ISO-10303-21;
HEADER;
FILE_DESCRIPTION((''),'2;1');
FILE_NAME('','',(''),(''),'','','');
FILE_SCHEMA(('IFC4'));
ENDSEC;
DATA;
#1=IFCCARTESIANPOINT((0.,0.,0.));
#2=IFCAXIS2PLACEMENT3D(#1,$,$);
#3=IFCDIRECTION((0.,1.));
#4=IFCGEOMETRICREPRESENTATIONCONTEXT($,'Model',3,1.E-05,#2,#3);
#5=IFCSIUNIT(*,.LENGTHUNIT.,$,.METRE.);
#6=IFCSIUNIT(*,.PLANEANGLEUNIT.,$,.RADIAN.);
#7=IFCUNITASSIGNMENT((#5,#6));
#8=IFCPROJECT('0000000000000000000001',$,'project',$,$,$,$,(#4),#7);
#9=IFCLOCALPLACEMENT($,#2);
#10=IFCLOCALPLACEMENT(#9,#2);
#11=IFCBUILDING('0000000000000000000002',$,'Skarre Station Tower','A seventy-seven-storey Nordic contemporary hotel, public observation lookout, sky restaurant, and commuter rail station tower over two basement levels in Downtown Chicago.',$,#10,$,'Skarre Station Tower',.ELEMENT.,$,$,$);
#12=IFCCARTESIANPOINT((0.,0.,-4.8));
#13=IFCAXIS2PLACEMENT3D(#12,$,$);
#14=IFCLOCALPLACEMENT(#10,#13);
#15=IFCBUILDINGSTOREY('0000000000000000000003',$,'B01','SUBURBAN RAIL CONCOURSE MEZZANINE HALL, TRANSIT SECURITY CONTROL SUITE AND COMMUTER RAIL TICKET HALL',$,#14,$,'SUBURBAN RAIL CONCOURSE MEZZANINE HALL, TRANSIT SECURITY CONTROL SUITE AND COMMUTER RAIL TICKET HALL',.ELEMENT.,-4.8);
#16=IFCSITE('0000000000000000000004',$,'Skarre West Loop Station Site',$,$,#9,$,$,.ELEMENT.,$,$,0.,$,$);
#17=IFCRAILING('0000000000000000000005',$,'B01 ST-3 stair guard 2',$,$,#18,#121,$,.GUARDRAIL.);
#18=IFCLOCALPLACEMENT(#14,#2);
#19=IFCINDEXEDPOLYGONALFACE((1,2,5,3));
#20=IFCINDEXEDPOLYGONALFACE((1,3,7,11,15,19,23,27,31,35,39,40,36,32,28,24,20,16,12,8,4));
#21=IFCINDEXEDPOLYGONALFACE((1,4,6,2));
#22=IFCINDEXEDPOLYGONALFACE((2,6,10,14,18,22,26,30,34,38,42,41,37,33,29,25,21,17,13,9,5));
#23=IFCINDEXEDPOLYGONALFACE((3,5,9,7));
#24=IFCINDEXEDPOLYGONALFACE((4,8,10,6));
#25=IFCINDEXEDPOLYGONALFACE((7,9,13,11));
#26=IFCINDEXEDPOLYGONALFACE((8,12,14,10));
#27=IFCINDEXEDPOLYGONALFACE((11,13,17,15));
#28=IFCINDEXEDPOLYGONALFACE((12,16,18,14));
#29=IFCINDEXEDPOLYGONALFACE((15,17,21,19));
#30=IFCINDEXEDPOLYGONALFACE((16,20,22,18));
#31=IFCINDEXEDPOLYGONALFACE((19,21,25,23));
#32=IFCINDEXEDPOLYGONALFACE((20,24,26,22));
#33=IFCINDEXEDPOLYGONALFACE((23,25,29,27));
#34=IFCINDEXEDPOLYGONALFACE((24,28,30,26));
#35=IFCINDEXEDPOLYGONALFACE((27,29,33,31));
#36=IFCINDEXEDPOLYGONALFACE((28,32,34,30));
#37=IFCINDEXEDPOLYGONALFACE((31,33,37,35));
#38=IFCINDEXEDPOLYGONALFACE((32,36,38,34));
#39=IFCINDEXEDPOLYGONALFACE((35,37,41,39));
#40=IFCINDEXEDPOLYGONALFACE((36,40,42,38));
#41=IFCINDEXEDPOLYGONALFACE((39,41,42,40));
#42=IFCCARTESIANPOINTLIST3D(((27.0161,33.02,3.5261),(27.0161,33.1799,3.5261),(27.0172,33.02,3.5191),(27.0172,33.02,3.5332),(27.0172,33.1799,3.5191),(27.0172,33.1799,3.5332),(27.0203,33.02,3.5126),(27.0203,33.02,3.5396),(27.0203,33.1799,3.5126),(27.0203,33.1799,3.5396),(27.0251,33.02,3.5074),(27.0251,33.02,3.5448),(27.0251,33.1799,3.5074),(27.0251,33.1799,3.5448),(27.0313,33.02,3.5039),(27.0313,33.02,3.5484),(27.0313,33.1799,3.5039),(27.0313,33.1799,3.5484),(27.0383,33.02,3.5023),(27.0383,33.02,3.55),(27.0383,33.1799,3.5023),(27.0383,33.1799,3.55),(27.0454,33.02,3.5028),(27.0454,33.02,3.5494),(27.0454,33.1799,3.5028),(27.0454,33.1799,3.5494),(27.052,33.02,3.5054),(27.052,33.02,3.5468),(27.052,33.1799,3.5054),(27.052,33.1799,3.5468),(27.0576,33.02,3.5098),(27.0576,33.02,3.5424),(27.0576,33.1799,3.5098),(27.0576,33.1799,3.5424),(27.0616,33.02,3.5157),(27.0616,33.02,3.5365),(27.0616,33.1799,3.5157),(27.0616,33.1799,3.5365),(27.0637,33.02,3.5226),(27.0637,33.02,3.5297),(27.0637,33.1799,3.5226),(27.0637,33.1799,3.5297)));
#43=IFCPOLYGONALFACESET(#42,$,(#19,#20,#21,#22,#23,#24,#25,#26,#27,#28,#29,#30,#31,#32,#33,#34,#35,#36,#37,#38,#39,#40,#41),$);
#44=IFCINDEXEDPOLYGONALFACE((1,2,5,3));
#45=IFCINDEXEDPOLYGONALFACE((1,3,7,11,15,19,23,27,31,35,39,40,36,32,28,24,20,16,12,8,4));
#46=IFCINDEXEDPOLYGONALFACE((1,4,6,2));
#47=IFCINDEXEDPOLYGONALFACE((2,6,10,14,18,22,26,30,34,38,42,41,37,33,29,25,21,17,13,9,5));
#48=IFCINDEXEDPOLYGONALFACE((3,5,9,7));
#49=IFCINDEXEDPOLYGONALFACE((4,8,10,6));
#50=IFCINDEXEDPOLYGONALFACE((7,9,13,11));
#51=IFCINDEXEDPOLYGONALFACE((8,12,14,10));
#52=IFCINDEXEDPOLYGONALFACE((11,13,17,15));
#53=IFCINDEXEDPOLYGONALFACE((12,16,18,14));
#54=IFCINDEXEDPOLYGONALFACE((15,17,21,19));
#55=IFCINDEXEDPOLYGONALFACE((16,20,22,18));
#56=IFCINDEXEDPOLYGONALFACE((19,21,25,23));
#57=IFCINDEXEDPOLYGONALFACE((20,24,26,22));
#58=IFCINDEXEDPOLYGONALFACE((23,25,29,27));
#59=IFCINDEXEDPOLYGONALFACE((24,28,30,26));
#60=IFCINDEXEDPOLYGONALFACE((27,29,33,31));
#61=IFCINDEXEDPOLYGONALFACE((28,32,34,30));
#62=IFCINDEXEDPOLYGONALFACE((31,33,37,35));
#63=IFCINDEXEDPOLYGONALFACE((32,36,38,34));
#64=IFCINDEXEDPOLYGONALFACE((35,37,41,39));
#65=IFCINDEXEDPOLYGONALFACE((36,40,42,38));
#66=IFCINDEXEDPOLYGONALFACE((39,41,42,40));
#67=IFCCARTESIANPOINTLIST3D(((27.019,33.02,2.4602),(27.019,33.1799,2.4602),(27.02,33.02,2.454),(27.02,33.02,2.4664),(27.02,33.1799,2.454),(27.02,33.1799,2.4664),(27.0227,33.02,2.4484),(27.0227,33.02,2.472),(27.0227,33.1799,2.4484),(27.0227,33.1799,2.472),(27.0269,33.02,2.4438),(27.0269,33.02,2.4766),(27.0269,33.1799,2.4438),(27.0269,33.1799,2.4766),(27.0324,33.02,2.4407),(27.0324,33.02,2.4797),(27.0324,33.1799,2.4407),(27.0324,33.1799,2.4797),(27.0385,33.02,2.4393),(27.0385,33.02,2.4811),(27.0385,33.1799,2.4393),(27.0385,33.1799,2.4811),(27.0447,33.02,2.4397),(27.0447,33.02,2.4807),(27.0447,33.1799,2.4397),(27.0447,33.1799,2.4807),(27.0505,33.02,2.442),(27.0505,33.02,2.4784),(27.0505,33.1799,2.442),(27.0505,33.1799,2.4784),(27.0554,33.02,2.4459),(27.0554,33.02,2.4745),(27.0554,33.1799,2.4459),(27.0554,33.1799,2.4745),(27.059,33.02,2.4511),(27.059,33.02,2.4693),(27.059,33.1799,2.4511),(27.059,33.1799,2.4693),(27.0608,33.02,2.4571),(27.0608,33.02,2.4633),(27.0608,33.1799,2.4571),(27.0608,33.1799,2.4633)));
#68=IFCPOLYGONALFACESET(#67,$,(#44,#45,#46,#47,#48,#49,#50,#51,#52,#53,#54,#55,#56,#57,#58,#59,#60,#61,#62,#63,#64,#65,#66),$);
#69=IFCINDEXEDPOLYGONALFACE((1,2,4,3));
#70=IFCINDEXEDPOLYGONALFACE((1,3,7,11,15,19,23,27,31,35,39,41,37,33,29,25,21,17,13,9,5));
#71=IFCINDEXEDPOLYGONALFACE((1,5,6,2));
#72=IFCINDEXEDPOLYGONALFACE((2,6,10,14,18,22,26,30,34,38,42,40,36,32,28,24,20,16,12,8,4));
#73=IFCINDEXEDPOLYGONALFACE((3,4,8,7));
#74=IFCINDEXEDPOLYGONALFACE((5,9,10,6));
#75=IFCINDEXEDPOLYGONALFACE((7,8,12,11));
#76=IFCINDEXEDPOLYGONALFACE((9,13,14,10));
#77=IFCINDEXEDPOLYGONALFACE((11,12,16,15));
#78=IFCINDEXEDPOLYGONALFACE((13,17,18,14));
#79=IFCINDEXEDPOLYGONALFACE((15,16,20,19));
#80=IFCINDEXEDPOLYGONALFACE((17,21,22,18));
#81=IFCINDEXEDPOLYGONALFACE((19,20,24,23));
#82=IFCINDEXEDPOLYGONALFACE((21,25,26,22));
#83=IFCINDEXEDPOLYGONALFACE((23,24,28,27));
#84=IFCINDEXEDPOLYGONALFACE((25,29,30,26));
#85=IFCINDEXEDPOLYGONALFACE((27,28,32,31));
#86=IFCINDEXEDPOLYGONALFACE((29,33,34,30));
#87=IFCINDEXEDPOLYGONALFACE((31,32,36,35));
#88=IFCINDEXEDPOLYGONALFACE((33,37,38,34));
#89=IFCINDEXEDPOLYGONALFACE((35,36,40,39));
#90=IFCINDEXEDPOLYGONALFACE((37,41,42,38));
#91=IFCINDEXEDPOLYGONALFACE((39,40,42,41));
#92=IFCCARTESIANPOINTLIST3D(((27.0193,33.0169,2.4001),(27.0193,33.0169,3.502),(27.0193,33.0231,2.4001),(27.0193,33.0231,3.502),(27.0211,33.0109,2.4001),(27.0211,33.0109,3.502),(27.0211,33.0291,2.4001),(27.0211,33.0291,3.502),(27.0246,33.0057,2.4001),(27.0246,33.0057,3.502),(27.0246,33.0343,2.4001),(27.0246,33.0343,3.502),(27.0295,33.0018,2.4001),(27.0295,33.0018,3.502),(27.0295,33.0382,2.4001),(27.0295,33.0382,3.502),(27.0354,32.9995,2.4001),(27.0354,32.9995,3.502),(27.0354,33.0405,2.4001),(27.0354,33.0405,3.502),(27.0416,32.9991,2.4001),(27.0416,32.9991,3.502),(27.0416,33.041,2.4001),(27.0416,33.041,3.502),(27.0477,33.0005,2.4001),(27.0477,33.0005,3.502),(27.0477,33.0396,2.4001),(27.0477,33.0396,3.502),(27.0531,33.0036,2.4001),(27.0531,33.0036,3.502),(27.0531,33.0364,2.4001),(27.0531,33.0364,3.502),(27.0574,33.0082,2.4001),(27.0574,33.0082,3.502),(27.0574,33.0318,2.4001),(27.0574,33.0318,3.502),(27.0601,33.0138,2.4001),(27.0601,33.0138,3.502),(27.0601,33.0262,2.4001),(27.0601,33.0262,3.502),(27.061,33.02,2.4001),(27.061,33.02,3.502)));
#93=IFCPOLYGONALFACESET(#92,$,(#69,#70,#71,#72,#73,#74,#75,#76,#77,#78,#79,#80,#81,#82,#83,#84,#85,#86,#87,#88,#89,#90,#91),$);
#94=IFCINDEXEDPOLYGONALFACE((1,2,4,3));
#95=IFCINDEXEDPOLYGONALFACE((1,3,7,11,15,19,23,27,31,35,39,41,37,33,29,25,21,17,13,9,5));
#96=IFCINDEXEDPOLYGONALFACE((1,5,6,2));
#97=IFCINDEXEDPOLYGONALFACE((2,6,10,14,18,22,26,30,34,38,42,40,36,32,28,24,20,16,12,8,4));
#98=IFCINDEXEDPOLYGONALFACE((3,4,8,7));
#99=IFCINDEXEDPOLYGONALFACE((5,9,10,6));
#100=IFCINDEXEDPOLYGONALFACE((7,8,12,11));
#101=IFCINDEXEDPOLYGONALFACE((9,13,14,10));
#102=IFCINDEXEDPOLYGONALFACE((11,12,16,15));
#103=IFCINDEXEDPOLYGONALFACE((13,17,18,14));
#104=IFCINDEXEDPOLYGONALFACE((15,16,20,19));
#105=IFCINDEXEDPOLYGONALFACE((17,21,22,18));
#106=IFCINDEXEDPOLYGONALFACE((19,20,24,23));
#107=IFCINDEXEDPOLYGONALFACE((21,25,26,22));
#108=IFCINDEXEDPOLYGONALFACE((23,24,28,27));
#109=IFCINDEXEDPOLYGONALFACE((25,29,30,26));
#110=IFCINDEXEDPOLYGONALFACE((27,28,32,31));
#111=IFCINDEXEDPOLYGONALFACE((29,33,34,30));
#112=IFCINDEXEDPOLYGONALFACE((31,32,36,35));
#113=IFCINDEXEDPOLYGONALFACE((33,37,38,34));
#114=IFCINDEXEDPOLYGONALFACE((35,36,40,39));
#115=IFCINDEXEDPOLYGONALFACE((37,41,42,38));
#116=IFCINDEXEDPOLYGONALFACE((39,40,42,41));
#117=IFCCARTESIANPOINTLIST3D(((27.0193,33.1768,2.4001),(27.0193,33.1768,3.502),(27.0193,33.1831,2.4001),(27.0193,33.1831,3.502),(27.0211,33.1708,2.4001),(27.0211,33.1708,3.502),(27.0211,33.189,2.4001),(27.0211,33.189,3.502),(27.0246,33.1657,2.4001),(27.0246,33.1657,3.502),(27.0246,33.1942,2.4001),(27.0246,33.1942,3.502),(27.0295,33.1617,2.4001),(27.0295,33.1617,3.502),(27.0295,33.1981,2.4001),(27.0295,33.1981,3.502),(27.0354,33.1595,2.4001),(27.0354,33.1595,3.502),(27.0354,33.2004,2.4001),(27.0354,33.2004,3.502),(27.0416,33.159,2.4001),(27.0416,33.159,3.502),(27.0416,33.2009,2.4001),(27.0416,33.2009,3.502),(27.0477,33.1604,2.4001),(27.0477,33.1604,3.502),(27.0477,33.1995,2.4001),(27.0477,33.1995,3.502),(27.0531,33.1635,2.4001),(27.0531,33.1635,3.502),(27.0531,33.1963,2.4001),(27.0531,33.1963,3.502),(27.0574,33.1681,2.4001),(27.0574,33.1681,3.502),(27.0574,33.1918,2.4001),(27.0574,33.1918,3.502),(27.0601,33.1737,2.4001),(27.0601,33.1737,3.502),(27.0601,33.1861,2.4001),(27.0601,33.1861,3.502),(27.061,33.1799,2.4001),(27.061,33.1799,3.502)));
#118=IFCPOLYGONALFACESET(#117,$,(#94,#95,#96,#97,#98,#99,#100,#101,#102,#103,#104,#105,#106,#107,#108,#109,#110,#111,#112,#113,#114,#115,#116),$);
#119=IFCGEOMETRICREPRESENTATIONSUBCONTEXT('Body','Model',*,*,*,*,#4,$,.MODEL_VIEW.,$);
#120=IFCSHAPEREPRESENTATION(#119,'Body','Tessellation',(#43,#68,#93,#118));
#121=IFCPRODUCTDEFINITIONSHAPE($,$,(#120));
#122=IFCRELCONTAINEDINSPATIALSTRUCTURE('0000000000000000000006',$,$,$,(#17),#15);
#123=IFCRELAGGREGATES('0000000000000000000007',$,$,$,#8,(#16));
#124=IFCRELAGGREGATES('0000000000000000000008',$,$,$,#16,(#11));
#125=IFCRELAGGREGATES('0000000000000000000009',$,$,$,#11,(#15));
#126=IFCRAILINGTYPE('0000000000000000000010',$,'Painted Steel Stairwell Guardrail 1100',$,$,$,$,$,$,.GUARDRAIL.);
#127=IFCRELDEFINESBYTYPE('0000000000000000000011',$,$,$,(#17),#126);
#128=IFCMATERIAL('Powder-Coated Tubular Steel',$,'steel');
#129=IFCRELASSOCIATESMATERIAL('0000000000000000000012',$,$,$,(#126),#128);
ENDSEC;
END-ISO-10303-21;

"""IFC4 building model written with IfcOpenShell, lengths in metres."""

from ifc_helpers import new_model, si_unit, direction, frame, origin, origin_2d, place, context, subcontext, project, spatial, circle, extrude, material, type_object, element, save


model = new_model("IFC4")

# Units and contexts
model_context = context("Model", 3, precision=1e-05, world=origin(), true_north=direction((0.0, 1.0)))
body_context = subcontext(model_context, "Body", "Model", "MODEL_VIEW")
ifc_project = project(units=[si_unit("LENGTHUNIT", "METRE"), si_unit("PLANEANGLEUNIT", "RADIAN")], contexts=[model_context])

# Site, building, storey
site_placement = place(None, origin())
site = spatial("IfcSite", under=ifc_project, at=site_placement, Name="Skarre West Loop Station Site", CompositionType="ELEMENT", RefElevation=0.0)
building_placement = place(site_placement, origin())
building = spatial("IfcBuilding", under=site, at=building_placement, Name="Skarre Station Tower", Description="A seventy-seven-storey Nordic contemporary hotel, public observation lookout, sky restaurant, and commuter rail station tower over two basement levels in Downtown Chicago.", LongName="Skarre Station Tower", CompositionType="ELEMENT")
storey_placement = place(building_placement, frame((0.0, 0.0, -4.8)))
storey = spatial("IfcBuildingStorey", under=building, at=storey_placement, Name="B01", Description="SUBURBAN RAIL CONCOURSE MEZZANINE HALL, TRANSIT SECURITY CONTROL SUITE AND COMMUTER RAIL TICKET HALL", LongName="SUBURBAN RAIL CONCOURSE MEZZANINE HALL, TRANSIT SECURITY CONTROL SUITE AND COMMUTER RAIL TICKET HALL", CompositionType="ELEMENT", Elevation=-4.8)

# Railing
ifc_material_1 = material(Name="Powder-Coated Tubular Steel", Category="steel")
railing_type_1 = type_object("IfcRailingType", Name="Painted Steel Stairwell Guardrail 1100", PredefinedType="GUARDRAIL", material=ifc_material_1)
railing_1_placement = place(storey_placement, frame((27.04, 33.02, 2.4001)))
element("IfcRailing", 1, at=railing_1_placement, inside=storey, type_object=railing_type_1, Name="B01 ST-3 stair guard 2", PredefinedType="GUARDRAIL", context=body_context, shape_type="SweptSolid", body=[
    extrude(circle(Radius=0.0239, at=origin_2d()), frame((0.0, 0.0, 1.126), z_axis=(0.0, 1.0, 0.0), x_axis=(-1.0, 0.0, 0.0)), (0.0, 0.0, 1.0), 0.1599),
    extrude(circle(Radius=0.021, at=origin_2d()), frame((0.0, 0.0, 0.0601), z_axis=(0.0, 1.0, 0.0), x_axis=(-1.0, 0.0, 0.0)), (0.0, 0.0, 1.0), 0.1599),
    extrude(circle(Radius=0.021, at=origin_2d()), origin(), (0.0, 0.0, 1.0), 1.1018),
    extrude(circle(Radius=0.021, at=origin_2d()), frame((0.0, 0.1599, 0.0)), (0.0, 0.0, 1.0), 1.1018),
])

save(model, "model.ifc")
